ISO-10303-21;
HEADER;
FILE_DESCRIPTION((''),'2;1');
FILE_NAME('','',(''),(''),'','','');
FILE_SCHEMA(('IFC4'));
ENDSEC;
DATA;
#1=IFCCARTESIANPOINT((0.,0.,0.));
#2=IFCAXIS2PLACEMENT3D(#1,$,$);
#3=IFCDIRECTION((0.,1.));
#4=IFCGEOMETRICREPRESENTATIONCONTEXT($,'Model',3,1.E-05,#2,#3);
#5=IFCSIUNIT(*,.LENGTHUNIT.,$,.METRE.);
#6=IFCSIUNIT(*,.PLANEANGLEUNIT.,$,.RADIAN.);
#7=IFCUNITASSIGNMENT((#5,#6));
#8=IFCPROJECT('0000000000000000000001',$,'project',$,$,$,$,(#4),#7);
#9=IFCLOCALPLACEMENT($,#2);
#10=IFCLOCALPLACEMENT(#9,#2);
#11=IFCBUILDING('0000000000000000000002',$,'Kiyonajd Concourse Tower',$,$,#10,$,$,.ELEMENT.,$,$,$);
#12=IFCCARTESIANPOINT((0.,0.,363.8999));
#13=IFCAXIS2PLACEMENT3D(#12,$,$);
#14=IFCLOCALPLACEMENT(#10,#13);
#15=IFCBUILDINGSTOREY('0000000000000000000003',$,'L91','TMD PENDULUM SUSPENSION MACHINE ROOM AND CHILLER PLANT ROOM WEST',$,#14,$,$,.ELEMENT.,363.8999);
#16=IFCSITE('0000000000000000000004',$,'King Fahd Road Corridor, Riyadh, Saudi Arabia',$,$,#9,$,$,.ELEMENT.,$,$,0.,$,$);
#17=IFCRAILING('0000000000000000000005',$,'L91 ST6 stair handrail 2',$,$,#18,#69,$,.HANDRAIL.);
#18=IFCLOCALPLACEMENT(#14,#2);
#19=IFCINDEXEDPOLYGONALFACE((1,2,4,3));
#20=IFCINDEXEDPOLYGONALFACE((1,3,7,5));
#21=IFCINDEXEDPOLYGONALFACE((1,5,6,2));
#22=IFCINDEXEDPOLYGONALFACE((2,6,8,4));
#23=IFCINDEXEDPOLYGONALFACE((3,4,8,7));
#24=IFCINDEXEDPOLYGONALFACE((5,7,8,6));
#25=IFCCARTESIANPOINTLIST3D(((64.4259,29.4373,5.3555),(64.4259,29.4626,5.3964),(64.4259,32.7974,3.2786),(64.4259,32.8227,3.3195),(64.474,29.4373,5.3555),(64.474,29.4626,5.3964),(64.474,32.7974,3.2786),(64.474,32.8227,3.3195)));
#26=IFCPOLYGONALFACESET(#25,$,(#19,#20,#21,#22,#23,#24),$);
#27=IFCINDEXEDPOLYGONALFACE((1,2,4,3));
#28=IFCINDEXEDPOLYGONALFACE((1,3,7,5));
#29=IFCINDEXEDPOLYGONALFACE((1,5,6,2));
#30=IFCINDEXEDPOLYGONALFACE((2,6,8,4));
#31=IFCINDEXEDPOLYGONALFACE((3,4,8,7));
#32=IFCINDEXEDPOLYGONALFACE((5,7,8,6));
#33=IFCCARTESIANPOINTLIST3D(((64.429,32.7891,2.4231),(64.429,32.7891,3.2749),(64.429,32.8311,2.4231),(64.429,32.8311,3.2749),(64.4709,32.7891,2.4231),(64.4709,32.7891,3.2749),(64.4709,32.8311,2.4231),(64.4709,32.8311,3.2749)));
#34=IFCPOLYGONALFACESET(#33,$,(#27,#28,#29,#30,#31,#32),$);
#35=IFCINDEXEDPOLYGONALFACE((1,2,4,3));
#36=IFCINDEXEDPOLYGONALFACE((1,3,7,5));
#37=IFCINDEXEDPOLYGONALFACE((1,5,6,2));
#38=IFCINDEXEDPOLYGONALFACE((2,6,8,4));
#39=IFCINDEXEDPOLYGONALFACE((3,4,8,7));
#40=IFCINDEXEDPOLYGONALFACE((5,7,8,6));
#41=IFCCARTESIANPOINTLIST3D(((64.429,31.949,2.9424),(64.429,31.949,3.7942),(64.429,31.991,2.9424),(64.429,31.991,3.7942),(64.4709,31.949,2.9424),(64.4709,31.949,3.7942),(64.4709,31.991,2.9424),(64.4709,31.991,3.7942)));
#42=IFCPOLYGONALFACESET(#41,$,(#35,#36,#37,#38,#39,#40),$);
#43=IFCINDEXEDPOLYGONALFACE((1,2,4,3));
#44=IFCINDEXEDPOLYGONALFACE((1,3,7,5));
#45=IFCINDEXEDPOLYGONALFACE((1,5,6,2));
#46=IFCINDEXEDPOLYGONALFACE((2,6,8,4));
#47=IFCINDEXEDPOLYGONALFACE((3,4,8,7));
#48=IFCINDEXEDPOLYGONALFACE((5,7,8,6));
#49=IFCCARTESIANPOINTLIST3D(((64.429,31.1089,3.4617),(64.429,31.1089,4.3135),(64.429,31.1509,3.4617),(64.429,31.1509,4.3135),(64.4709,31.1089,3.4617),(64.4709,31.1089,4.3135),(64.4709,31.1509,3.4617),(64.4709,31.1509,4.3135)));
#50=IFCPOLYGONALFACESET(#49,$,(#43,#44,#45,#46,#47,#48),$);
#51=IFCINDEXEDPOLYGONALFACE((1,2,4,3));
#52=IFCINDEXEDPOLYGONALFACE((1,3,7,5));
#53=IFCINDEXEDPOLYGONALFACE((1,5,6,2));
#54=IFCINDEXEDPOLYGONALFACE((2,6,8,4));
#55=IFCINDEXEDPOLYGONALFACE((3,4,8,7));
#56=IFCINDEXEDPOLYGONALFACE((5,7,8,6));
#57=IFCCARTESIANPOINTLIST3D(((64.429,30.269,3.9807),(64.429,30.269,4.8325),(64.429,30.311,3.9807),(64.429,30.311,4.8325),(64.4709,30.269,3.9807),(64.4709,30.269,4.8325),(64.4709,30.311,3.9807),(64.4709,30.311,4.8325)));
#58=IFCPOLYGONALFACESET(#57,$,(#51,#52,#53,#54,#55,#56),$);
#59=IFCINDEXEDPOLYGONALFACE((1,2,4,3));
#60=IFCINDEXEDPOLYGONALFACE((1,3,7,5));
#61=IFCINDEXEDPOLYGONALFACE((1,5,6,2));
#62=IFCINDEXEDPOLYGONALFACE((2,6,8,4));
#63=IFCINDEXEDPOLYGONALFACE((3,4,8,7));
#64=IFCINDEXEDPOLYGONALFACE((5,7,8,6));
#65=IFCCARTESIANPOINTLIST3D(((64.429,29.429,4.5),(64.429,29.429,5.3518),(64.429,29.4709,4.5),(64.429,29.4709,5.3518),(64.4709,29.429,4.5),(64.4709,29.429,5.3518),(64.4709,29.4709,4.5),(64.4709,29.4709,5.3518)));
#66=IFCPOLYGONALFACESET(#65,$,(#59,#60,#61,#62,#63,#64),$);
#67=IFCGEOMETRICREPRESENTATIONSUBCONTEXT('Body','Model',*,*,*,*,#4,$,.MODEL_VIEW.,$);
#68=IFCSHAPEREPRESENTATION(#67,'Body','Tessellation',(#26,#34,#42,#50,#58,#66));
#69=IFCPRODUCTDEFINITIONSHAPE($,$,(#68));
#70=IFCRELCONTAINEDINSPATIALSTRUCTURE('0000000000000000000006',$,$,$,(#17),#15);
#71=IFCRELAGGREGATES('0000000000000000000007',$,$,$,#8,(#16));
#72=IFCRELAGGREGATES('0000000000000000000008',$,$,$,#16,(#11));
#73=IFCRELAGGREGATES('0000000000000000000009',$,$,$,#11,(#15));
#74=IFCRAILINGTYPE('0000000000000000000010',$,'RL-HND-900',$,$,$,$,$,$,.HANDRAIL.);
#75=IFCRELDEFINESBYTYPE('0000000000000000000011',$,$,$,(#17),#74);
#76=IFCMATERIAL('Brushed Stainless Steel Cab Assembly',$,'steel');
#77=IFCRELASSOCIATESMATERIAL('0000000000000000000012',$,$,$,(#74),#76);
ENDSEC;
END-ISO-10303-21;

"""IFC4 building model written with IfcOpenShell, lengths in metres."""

from ifc_helpers import new_model, si_unit, direction, frame, origin, origin_2d, place, context, subcontext, project, spatial, rectangle, extrude, material, type_object, element, save


model = new_model("IFC4")

# Units and contexts
model_context = context("Model", 3, precision=1e-05, world=origin(), true_north=direction((0.0, 1.0)))
body_context = subcontext(model_context, "Body", "Model", "MODEL_VIEW")
ifc_project = project(units=[si_unit("LENGTHUNIT", "METRE"), si_unit("PLANEANGLEUNIT", "RADIAN")], contexts=[model_context])

# Site, building, storey
site_placement = place(None, origin())
site = spatial("IfcSite", under=ifc_project, at=site_placement, Name="King Fahd Road Corridor, Riyadh, Saudi Arabia", CompositionType="ELEMENT", RefElevation=0.0)
building_placement = place(site_placement, origin())
building = spatial("IfcBuilding", under=site, at=building_placement, Name="Kiyonajd Concourse Tower", CompositionType="ELEMENT")
storey_placement = place(building_placement, frame((0.0, 0.0, 363.8999)))
storey = spatial("IfcBuildingStorey", under=building, at=storey_placement, Name="L91", Description="TMD PENDULUM SUSPENSION MACHINE ROOM AND CHILLER PLANT ROOM WEST", CompositionType="ELEMENT", Elevation=363.8999)

# Shared definitions
ifc_material_1 = material(Name="Brushed Stainless Steel Cab Assembly", Category="steel")

# Railing
railing_type_1 = type_object("IfcRailingType", Name="RL-HND-900", PredefinedType="HANDRAIL", material=ifc_material_1)
railing_1_placement = place(storey_placement, frame((64.45, 32.8101, 2.4231)))
element("IfcRailing", 1, at=railing_1_placement, inside=storey, type_object=railing_type_1, Name="L91 ST6 stair handrail 2", PredefinedType="HANDRAIL", context=body_context, shape_type="SweptSolid", body=[
    extrude(rectangle(XDim=0.0481, YDim=0.0481, at=origin_2d()), frame((0.0, 0.0, 0.876), z_axis=(0.0, -0.850623, 0.525776), x_axis=(1.0, 0.0, 0.0)), (0.0, 0.0, 1.0), 3.9502),
    extrude(rectangle(XDim=0.042, YDim=0.042, at=origin_2d()), origin(), (0.0, 0.0, 1.0), 0.8518),
    extrude(rectangle(XDim=0.042, YDim=0.042, at=origin_2d()), frame((0.0, -0.8401, 0.5193)), (0.0, 0.0, 1.0), 0.8518),
    extrude(rectangle(XDim=0.042, YDim=0.042, at=origin_2d()), frame((0.0, -1.6802, 1.0386)), (0.0, 0.0, 1.0), 0.8518),
    extrude(rectangle(XDim=0.042, YDim=0.042, at=origin_2d()), frame((0.0, -2.52, 1.5576)), (0.0, 0.0, 1.0), 0.8518),
    extrude(rectangle(XDim=0.042, YDim=0.042, at=origin_2d()), frame((0.0, -3.3601, 2.0769)), (0.0, 0.0, 1.0), 0.8518),
])

save(model, "model.ifc")
